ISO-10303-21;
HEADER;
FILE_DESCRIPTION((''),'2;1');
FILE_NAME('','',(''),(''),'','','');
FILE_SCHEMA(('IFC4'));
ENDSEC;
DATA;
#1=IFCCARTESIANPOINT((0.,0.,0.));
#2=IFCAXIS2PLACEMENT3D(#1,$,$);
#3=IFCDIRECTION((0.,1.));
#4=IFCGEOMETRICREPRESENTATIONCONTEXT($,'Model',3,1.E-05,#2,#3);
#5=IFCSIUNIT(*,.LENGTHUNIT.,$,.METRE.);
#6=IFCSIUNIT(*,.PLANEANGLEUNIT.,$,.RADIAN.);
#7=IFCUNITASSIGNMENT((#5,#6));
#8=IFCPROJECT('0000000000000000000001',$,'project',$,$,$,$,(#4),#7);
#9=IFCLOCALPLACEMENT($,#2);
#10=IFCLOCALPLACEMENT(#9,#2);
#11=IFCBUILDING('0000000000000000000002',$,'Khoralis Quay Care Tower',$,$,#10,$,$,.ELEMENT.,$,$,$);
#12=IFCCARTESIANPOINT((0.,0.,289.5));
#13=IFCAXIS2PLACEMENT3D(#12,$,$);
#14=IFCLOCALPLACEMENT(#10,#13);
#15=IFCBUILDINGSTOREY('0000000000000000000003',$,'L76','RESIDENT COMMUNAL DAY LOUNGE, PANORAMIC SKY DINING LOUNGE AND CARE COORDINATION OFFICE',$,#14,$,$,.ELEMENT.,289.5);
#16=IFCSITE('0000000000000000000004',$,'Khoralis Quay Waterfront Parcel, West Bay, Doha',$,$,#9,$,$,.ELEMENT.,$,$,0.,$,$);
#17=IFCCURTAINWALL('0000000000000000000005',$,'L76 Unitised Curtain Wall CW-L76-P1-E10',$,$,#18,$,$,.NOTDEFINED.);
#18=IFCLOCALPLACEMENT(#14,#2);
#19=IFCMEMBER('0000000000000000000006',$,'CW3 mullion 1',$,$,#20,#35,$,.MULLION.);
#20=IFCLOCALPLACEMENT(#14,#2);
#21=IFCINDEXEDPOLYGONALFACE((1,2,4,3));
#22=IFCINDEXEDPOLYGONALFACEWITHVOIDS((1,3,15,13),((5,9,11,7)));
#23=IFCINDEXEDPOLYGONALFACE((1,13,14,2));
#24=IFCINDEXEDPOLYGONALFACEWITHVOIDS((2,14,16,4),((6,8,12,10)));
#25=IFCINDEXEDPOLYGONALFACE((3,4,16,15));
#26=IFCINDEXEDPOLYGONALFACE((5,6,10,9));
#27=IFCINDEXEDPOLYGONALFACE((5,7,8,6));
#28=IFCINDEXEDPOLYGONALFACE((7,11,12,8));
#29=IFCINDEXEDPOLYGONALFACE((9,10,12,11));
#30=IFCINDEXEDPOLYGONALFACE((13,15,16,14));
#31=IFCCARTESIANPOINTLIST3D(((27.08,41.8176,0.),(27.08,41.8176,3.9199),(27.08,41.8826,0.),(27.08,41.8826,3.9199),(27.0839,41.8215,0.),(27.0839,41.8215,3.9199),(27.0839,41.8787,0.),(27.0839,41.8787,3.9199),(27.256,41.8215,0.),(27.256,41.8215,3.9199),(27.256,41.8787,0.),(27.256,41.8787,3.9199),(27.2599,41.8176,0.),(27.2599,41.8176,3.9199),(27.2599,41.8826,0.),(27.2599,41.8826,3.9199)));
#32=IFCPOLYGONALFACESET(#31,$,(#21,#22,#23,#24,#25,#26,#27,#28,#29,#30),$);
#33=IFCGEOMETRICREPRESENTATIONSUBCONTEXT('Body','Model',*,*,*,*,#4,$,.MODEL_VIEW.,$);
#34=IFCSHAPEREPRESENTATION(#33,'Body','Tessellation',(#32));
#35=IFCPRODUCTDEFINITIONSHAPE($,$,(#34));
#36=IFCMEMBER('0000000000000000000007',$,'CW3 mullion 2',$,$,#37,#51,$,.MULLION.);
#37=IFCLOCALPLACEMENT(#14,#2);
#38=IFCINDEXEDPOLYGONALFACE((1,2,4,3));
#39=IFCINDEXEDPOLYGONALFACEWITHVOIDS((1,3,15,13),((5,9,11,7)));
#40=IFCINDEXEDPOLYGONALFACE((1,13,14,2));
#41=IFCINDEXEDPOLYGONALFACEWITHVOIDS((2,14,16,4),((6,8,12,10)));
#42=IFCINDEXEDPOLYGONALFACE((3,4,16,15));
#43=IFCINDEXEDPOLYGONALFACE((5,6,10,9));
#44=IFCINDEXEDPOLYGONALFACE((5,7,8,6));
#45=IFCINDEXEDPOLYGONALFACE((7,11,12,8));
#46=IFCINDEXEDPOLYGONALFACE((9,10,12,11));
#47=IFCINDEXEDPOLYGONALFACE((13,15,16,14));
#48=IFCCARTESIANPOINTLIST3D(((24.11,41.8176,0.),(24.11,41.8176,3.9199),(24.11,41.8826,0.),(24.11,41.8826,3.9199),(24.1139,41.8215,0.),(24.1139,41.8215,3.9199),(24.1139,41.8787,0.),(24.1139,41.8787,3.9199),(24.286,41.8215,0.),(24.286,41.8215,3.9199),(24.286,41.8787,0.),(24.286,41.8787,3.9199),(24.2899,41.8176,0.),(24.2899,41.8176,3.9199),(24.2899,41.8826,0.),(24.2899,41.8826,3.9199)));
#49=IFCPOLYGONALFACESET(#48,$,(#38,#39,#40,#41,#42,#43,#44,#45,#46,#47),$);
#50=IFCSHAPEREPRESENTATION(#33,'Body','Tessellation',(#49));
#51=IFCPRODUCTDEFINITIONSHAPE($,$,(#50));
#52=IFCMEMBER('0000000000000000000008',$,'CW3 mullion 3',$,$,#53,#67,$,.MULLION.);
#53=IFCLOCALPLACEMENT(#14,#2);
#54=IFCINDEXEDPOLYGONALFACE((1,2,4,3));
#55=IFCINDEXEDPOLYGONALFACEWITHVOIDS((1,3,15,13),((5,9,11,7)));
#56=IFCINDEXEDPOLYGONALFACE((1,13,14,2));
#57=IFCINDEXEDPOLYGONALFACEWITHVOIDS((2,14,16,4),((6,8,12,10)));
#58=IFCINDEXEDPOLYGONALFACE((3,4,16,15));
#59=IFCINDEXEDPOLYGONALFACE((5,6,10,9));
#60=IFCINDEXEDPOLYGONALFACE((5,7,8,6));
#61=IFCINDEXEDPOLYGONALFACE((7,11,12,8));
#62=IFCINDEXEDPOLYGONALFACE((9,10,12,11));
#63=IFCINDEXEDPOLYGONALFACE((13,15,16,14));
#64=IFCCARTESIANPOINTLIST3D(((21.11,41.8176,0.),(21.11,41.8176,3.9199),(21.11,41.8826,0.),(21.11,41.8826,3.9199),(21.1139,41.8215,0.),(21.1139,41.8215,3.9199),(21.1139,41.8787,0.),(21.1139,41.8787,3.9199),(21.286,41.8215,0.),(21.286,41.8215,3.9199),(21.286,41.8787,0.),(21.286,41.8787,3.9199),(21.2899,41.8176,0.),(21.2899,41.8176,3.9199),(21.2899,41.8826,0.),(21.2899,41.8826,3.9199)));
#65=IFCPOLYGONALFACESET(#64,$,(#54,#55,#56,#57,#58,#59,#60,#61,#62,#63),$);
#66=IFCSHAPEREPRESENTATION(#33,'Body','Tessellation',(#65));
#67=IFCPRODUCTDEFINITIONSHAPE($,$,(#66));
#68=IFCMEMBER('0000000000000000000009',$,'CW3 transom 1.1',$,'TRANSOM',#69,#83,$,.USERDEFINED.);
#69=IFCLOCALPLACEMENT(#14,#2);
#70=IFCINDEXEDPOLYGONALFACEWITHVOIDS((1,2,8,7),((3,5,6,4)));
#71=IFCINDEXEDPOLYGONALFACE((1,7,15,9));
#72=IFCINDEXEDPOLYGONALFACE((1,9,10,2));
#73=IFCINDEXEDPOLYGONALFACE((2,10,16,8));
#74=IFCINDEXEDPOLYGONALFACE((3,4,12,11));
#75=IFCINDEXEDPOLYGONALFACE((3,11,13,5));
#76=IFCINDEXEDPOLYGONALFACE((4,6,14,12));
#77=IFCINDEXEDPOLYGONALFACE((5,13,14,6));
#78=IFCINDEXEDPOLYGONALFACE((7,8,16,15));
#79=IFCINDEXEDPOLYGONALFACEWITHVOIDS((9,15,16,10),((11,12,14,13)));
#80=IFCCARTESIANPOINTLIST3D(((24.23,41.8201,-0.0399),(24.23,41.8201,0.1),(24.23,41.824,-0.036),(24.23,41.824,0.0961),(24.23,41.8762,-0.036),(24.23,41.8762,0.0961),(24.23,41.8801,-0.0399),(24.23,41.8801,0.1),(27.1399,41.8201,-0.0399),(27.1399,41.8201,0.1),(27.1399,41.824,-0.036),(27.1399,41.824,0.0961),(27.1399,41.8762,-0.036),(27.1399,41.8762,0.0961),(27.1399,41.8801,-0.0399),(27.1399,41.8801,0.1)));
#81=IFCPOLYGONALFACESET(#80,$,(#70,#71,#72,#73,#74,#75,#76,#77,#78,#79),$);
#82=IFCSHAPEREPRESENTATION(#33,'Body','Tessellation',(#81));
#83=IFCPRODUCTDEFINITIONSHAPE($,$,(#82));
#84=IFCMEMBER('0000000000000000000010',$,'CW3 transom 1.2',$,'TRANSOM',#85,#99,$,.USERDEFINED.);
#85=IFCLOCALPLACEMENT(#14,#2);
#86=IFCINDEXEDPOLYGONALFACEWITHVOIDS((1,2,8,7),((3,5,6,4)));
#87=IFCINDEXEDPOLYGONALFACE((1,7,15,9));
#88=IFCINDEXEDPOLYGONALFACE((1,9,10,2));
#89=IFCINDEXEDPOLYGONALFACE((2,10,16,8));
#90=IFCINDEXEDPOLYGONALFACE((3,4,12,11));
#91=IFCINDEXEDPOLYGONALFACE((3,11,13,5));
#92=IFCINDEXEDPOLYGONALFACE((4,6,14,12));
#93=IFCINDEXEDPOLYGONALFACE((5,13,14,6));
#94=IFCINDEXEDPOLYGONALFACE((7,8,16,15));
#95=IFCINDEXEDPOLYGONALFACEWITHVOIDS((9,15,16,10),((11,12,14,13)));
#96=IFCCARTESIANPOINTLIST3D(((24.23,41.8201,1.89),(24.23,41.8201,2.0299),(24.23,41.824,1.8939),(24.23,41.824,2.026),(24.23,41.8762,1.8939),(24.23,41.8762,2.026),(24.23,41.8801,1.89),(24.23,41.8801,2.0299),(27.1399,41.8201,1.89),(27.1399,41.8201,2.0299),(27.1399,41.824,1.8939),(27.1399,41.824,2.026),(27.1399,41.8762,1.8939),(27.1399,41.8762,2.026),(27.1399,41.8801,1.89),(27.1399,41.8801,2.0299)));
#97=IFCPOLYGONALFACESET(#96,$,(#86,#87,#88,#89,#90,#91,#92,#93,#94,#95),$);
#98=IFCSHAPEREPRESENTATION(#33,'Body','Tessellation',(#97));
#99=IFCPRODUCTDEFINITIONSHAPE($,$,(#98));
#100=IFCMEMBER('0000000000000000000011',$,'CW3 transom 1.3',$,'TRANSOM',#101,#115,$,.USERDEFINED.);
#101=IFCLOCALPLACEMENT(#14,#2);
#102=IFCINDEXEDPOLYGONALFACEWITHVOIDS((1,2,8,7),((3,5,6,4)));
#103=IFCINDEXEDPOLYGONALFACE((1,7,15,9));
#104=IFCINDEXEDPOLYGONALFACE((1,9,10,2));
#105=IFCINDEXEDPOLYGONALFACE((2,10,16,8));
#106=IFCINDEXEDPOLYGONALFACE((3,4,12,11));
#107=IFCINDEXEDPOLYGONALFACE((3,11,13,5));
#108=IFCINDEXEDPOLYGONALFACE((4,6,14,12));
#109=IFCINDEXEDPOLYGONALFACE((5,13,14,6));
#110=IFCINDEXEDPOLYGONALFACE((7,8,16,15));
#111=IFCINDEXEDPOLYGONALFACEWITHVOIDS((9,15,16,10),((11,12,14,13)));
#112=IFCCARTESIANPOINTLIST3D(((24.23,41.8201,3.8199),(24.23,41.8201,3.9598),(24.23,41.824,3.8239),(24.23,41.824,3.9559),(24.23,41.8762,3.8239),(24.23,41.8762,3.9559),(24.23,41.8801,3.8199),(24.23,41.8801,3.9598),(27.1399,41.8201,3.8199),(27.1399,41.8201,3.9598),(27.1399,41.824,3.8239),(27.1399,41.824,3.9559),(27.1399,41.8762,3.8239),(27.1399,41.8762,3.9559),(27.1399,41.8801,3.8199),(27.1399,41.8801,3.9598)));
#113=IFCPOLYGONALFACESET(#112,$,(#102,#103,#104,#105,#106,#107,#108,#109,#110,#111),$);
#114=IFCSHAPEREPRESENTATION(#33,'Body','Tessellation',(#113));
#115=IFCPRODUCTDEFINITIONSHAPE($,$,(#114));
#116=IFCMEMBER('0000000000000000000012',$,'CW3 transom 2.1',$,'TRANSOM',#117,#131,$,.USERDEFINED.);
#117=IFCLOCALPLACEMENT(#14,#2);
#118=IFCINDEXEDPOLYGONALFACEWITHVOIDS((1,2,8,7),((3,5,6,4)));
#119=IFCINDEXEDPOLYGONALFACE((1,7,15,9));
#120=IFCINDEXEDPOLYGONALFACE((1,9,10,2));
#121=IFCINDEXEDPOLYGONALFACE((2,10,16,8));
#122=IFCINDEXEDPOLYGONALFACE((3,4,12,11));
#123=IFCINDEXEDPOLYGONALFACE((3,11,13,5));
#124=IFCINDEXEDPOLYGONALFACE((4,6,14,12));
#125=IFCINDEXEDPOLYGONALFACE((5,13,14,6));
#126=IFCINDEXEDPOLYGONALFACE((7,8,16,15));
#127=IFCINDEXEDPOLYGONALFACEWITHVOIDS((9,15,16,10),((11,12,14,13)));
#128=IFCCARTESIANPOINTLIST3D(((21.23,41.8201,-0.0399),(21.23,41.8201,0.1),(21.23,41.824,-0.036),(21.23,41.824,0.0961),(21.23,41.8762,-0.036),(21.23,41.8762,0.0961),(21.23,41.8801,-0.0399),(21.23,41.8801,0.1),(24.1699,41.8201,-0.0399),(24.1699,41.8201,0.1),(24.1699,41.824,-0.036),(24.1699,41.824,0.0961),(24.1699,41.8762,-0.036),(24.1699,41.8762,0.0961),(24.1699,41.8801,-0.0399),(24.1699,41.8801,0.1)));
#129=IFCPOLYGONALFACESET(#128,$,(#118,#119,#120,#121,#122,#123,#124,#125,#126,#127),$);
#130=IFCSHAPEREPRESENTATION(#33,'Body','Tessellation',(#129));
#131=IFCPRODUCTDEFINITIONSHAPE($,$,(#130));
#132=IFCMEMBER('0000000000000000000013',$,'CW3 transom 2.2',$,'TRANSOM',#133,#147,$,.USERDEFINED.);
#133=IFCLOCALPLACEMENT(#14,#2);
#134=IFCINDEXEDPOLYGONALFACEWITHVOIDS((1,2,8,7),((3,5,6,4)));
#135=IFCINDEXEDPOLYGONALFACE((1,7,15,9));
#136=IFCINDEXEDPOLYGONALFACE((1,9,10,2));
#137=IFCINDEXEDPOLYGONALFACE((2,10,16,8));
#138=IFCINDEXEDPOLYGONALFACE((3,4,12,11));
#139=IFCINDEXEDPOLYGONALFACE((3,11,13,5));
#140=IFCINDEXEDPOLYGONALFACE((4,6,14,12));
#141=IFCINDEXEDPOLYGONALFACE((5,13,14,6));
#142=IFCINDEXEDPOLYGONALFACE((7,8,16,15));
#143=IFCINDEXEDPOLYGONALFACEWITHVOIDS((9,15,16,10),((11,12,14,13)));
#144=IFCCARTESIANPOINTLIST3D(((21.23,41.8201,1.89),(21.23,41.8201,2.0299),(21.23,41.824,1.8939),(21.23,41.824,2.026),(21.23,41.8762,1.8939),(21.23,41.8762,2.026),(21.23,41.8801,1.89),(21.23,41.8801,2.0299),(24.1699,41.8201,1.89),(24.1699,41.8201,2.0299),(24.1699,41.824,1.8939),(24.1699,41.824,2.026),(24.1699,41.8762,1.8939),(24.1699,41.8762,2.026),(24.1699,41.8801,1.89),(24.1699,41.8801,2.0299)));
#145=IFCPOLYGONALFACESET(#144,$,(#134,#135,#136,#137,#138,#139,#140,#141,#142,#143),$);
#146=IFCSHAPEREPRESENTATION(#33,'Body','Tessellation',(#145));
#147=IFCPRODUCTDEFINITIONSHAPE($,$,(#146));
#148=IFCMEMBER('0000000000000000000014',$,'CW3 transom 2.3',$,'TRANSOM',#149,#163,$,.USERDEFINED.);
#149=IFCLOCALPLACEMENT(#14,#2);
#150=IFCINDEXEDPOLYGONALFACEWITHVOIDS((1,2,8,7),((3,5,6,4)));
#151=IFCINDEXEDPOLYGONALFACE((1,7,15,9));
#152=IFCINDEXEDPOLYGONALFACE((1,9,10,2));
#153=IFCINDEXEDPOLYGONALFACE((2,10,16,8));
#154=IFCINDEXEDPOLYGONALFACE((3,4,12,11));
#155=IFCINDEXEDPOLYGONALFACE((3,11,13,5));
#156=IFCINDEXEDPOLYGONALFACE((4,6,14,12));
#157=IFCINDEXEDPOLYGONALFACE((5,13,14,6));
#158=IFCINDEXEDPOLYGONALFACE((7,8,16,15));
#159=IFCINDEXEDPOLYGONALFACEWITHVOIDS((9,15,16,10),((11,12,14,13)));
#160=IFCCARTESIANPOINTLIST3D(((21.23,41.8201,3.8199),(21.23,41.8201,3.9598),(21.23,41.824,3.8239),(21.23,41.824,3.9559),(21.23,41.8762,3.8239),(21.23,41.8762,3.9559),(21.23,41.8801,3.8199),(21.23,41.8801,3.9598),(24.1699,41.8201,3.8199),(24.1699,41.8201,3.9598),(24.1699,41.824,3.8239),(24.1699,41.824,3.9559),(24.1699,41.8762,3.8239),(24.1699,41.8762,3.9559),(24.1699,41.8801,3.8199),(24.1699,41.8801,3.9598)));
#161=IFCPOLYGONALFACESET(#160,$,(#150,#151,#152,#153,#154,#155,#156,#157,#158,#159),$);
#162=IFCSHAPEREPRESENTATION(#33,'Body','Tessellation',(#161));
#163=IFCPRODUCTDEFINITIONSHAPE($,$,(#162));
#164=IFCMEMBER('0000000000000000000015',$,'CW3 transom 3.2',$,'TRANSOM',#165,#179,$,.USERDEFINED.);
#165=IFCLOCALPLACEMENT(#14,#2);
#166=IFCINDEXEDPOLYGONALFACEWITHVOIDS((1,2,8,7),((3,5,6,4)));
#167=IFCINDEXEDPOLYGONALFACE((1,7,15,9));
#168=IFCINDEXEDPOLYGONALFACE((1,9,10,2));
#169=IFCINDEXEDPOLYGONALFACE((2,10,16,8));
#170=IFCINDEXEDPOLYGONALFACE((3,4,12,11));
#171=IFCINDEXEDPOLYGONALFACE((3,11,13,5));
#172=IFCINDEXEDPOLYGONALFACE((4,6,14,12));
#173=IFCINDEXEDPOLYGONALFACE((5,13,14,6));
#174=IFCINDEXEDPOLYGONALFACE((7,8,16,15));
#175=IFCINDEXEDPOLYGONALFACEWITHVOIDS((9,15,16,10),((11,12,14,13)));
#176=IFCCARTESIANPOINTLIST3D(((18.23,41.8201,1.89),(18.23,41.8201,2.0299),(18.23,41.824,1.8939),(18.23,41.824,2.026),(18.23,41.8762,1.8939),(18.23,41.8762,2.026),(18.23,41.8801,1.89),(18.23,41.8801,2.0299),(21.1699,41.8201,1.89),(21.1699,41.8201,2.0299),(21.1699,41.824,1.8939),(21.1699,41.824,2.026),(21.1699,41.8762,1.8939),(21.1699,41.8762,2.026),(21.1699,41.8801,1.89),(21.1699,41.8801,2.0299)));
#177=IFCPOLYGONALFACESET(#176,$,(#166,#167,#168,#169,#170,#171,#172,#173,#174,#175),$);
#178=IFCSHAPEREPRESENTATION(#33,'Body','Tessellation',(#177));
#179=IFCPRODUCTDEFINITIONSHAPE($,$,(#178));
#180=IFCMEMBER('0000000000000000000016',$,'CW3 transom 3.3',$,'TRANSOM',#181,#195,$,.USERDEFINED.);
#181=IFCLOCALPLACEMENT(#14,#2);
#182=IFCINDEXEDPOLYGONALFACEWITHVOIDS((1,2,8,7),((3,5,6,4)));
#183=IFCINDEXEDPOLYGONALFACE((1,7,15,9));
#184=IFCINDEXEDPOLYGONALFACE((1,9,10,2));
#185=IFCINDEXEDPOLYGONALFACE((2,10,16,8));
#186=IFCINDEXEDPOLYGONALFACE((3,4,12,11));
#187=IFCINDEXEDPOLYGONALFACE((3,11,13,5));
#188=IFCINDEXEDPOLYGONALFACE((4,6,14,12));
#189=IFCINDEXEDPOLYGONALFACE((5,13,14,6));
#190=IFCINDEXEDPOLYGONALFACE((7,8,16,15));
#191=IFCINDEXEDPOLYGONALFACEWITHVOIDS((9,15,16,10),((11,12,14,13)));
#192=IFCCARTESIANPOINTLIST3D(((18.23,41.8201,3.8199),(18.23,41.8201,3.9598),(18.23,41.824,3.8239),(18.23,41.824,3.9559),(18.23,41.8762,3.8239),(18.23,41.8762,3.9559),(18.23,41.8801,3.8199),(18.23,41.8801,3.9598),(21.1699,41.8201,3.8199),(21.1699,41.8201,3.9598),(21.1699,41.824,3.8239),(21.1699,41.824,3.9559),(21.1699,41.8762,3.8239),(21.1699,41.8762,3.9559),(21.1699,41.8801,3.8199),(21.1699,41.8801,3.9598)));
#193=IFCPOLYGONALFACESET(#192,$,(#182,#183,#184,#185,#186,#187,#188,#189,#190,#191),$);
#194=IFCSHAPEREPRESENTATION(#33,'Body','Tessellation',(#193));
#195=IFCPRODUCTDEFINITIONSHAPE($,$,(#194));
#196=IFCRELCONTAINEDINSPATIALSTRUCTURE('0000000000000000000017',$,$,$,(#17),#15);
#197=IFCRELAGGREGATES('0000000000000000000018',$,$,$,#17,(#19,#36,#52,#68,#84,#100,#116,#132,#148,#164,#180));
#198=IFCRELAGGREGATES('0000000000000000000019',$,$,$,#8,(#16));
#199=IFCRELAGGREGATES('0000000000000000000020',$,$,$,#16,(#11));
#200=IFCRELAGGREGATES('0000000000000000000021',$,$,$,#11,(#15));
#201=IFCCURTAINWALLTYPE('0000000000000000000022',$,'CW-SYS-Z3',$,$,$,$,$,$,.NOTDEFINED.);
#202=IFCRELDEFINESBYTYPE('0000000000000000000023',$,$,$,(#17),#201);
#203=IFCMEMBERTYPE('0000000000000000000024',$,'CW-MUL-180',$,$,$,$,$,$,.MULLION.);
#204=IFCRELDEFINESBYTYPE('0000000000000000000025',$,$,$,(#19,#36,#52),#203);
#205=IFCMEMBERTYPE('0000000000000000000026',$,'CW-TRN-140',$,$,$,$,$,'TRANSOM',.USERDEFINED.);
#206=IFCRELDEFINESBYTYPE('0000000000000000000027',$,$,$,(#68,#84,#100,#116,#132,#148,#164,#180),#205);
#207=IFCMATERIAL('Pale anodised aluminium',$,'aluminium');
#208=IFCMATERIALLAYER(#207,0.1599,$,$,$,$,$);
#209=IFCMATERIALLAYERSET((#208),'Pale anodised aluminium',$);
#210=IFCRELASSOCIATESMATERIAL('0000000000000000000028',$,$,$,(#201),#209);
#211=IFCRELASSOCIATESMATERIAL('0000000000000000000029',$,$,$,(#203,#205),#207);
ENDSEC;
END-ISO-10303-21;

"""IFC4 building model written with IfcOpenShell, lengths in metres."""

from ifc_helpers import new_model, si_unit, direction, frame, origin, origin_2d, place, context, subcontext, project, spatial, hollow_rectangle, extrude, source, transform, mapped, material, layer, layer_set, material_profile, profile_set, type_object, element, aggregate, save


model = new_model("IFC4")

# Units and contexts
model_context = context("Model", 3, precision=1e-05, world=origin(), true_north=direction((0.0, 1.0)))
body_context = subcontext(model_context, "Body", "Model", "MODEL_VIEW")
ifc_project = project(units=[si_unit("LENGTHUNIT", "METRE"), si_unit("PLANEANGLEUNIT", "RADIAN")], contexts=[model_context])

# Site, building, storey
site_placement = place(None, origin())
site = spatial("IfcSite", under=ifc_project, at=site_placement, Name="Khoralis Quay Waterfront Parcel, West Bay, Doha", CompositionType="ELEMENT", RefElevation=0.0)
building_placement = place(site_placement, origin())
building = spatial("IfcBuilding", under=site, at=building_placement, Name="Khoralis Quay Care Tower", CompositionType="ELEMENT")
storey_placement = place(building_placement, frame((0.0, 0.0, 289.5)))
storey = spatial("IfcBuildingStorey", under=building, at=storey_placement, Name="L76", Description="RESIDENT COMMUNAL DAY LOUNGE, PANORAMIC SKY DINING LOUNGE AND CARE COORDINATION OFFICE", CompositionType="ELEMENT", Elevation=289.5)

# Curtain wall, members
ifc_material_1 = material(Name="Pale anodised aluminium", Category="aluminium")
ifc_layer_1 = layer(ifc_material_1, 0.1599)
ifc_layer_set_1 = layer_set([ifc_layer_1], Name="Pale anodised aluminium")
curtain_wall_type = type_object("IfcCurtainWallType", Name="CW-SYS-Z3", PredefinedType="NOTDEFINED", material=ifc_layer_set_1)
curtain_wall_placement = place(storey_placement, origin())
curtain_wall = element("IfcCurtainWall", 1, at=curtain_wall_placement, inside=storey, type_object=curtain_wall_type, Name="L76 Unitised Curtain Wall CW-L76-P1-E10", PredefinedType="NOTDEFINED")
ifc_material_profile_1 = material_profile(ifc_material_1, hollow_rectangle(XDim=0.0649, YDim=0.1799, WallThickness=0.0039, at=origin_2d()), Name="Pale anodised aluminium")
ifc_profile_set_1 = profile_set([ifc_material_profile_1], Name="Pale anodised aluminium")
member_type_1 = type_object("IfcMemberType", Name="CW-MUL-180", PredefinedType="MULLION", material=ifc_profile_set_1)
shared_shape_1 = source(origin(), body_context, "Body", "SweptSolid", [
    extrude(hollow_rectangle(XDim=0.0649, YDim=0.1799, WallThickness=0.0039, at=origin_2d()), origin(), (0.0, 0.0, 1.0), 3.9199),
])
member_1_placement = place(storey_placement, frame((27.1699, 41.8501, 0.0), z_axis=(0.0, 0.0, 1.0), x_axis=(0.0, -1.0, 0.0)))
member_1 = element("IfcMember", 2, at=member_1_placement, type_object=member_type_1, Name="CW3 mullion 1", PredefinedType="MULLION", context=body_context, shape_type="MappedRepresentation", body=[
    mapped(shared_shape_1, transform((0.0, 0.0, 0.0), scale=1.0)),
])
member_2_placement = place(storey_placement, frame((24.2, 41.8501, 0.0), z_axis=(0.0, 0.0, 1.0), x_axis=(0.0, -1.0, 0.0)))
member_2 = element("IfcMember", 3, at=member_2_placement, type_object=member_type_1, Name="CW3 mullion 2", PredefinedType="MULLION", context=body_context, shape_type="MappedRepresentation", body=[
    mapped(shared_shape_1, transform((0.0, 0.0, 0.0), scale=1.0)),
])
member_3_placement = place(storey_placement, frame((21.2, 41.8501, 0.0), z_axis=(0.0, 0.0, 1.0), x_axis=(0.0, -1.0, 0.0)))
member_3 = element("IfcMember", 4, at=member_3_placement, type_object=member_type_1, Name="CW3 mullion 3", PredefinedType="MULLION", context=body_context, shape_type="MappedRepresentation", body=[
    mapped(shared_shape_1, transform((0.0, 0.0, 0.0), scale=1.0)),
])
ifc_material_profile_2 = material_profile(ifc_material_1, hollow_rectangle(XDim=0.0601, YDim=0.1399, WallThickness=0.0039, at=origin_2d()), Name="Pale anodised aluminium")
ifc_profile_set_2 = profile_set([ifc_material_profile_2], Name="Pale anodised aluminium")
member_type_2 = type_object("IfcMemberType", Name="CW-TRN-140", ElementType="TRANSOM", PredefinedType="USERDEFINED", material=ifc_profile_set_2)
shared_shape_2 = source(origin(), body_context, "Body", "SweptSolid", [
    extrude(hollow_rectangle(XDim=0.0601, YDim=0.1399, WallThickness=0.0039, at=origin_2d()), origin(), (0.0, 0.0, 1.0), 2.9099),
])
member_4_placement = place(storey_placement, frame((27.1399, 41.8501, 0.03), z_axis=(-1.0, 0.0, 0.0), x_axis=(0.0, -1.0, 0.0)))
member_4 = element("IfcMember", 5, at=member_4_placement, type_object=member_type_2, Name="CW3 transom 1.1", ObjectType="TRANSOM", PredefinedType="USERDEFINED", context=body_context, shape_type="MappedRepresentation", body=[
    mapped(shared_shape_2, transform((0.0, 0.0, 0.0), scale=1.0)),
])
member_5_placement = place(storey_placement, frame((27.1399, 41.8501, 1.96), z_axis=(-1.0, 0.0, 0.0), x_axis=(0.0, -1.0, 0.0)))
member_5 = element("IfcMember", 6, at=member_5_placement, type_object=member_type_2, Name="CW3 transom 1.2", ObjectType="TRANSOM", PredefinedType="USERDEFINED", context=body_context, shape_type="MappedRepresentation", body=[
    mapped(shared_shape_2, transform((0.0, 0.0, 0.0), scale=1.0)),
])
member_6_placement = place(storey_placement, frame((27.1399, 41.8501, 3.8899), z_axis=(-1.0, 0.0, 0.0), x_axis=(0.0, -1.0, 0.0)))
member_6 = element("IfcMember", 7, at=member_6_placement, type_object=member_type_2, Name="CW3 transom 1.3", ObjectType="TRANSOM", PredefinedType="USERDEFINED", context=body_context, shape_type="MappedRepresentation", body=[
    mapped(shared_shape_2, transform((0.0, 0.0, 0.0), scale=1.0)),
])
shared_shape_3 = source(origin(), body_context, "Body", "SweptSolid", [
    extrude(hollow_rectangle(XDim=0.0601, YDim=0.1399, WallThickness=0.0039, at=origin_2d()), origin(), (0.0, 0.0, 1.0), 2.9399),
])
member_7_placement = place(storey_placement, frame((24.1699, 41.8501, 0.03), z_axis=(-1.0, 0.0, 0.0), x_axis=(0.0, -1.0, 0.0)))
member_7 = element("IfcMember", 8, at=member_7_placement, type_object=member_type_2, Name="CW3 transom 2.1", ObjectType="TRANSOM", PredefinedType="USERDEFINED", context=body_context, shape_type="MappedRepresentation", body=[
    mapped(shared_shape_3, transform((0.0, 0.0, 0.0), scale=1.0)),
])
member_8_placement = place(storey_placement, frame((24.1699, 41.8501, 1.96), z_axis=(-1.0, 0.0, 0.0), x_axis=(0.0, -1.0, 0.0)))
member_8 = element("IfcMember", 9, at=member_8_placement, type_object=member_type_2, Name="CW3 transom 2.2", ObjectType="TRANSOM", PredefinedType="USERDEFINED", context=body_context, shape_type="MappedRepresentation", body=[
    mapped(shared_shape_3, transform((0.0, 0.0, 0.0), scale=1.0)),
])
member_9_placement = place(storey_placement, frame((24.1699, 41.8501, 3.8899), z_axis=(-1.0, 0.0, 0.0), x_axis=(0.0, -1.0, 0.0)))
member_9 = element("IfcMember", 10, at=member_9_placement, type_object=member_type_2, Name="CW3 transom 2.3", ObjectType="TRANSOM", PredefinedType="USERDEFINED", context=body_context, shape_type="MappedRepresentation", body=[
    mapped(shared_shape_3, transform((0.0, 0.0, 0.0), scale=1.0)),
])
member_10_placement = place(storey_placement, frame((21.1699, 41.8501, 1.96), z_axis=(-1.0, 0.0, 0.0), x_axis=(0.0, -1.0, 0.0)))
member_10 = element("IfcMember", 11, at=member_10_placement, type_object=member_type_2, Name="CW3 transom 3.2", ObjectType="TRANSOM", PredefinedType="USERDEFINED", context=body_context, shape_type="MappedRepresentation", body=[
    mapped(shared_shape_3, transform((0.0, 0.0, 0.0), scale=1.0)),
])
member_11_placement = place(storey_placement, frame((21.1699, 41.8501, 3.8899), z_axis=(-1.0, 0.0, 0.0), x_axis=(0.0, -1.0, 0.0)))
member_11 = element("IfcMember", 12, at=member_11_placement, type_object=member_type_2, Name="CW3 transom 3.3", ObjectType="TRANSOM", PredefinedType="USERDEFINED", context=body_context, shape_type="MappedRepresentation", body=[
    mapped(shared_shape_3, transform((0.0, 0.0, 0.0), scale=1.0)),
])
aggregate(curtain_wall, [member_1, member_2, member_3, member_4, member_5, member_6, member_7, member_8, member_9, member_10, member_11])

save(model, "model.ifc")
